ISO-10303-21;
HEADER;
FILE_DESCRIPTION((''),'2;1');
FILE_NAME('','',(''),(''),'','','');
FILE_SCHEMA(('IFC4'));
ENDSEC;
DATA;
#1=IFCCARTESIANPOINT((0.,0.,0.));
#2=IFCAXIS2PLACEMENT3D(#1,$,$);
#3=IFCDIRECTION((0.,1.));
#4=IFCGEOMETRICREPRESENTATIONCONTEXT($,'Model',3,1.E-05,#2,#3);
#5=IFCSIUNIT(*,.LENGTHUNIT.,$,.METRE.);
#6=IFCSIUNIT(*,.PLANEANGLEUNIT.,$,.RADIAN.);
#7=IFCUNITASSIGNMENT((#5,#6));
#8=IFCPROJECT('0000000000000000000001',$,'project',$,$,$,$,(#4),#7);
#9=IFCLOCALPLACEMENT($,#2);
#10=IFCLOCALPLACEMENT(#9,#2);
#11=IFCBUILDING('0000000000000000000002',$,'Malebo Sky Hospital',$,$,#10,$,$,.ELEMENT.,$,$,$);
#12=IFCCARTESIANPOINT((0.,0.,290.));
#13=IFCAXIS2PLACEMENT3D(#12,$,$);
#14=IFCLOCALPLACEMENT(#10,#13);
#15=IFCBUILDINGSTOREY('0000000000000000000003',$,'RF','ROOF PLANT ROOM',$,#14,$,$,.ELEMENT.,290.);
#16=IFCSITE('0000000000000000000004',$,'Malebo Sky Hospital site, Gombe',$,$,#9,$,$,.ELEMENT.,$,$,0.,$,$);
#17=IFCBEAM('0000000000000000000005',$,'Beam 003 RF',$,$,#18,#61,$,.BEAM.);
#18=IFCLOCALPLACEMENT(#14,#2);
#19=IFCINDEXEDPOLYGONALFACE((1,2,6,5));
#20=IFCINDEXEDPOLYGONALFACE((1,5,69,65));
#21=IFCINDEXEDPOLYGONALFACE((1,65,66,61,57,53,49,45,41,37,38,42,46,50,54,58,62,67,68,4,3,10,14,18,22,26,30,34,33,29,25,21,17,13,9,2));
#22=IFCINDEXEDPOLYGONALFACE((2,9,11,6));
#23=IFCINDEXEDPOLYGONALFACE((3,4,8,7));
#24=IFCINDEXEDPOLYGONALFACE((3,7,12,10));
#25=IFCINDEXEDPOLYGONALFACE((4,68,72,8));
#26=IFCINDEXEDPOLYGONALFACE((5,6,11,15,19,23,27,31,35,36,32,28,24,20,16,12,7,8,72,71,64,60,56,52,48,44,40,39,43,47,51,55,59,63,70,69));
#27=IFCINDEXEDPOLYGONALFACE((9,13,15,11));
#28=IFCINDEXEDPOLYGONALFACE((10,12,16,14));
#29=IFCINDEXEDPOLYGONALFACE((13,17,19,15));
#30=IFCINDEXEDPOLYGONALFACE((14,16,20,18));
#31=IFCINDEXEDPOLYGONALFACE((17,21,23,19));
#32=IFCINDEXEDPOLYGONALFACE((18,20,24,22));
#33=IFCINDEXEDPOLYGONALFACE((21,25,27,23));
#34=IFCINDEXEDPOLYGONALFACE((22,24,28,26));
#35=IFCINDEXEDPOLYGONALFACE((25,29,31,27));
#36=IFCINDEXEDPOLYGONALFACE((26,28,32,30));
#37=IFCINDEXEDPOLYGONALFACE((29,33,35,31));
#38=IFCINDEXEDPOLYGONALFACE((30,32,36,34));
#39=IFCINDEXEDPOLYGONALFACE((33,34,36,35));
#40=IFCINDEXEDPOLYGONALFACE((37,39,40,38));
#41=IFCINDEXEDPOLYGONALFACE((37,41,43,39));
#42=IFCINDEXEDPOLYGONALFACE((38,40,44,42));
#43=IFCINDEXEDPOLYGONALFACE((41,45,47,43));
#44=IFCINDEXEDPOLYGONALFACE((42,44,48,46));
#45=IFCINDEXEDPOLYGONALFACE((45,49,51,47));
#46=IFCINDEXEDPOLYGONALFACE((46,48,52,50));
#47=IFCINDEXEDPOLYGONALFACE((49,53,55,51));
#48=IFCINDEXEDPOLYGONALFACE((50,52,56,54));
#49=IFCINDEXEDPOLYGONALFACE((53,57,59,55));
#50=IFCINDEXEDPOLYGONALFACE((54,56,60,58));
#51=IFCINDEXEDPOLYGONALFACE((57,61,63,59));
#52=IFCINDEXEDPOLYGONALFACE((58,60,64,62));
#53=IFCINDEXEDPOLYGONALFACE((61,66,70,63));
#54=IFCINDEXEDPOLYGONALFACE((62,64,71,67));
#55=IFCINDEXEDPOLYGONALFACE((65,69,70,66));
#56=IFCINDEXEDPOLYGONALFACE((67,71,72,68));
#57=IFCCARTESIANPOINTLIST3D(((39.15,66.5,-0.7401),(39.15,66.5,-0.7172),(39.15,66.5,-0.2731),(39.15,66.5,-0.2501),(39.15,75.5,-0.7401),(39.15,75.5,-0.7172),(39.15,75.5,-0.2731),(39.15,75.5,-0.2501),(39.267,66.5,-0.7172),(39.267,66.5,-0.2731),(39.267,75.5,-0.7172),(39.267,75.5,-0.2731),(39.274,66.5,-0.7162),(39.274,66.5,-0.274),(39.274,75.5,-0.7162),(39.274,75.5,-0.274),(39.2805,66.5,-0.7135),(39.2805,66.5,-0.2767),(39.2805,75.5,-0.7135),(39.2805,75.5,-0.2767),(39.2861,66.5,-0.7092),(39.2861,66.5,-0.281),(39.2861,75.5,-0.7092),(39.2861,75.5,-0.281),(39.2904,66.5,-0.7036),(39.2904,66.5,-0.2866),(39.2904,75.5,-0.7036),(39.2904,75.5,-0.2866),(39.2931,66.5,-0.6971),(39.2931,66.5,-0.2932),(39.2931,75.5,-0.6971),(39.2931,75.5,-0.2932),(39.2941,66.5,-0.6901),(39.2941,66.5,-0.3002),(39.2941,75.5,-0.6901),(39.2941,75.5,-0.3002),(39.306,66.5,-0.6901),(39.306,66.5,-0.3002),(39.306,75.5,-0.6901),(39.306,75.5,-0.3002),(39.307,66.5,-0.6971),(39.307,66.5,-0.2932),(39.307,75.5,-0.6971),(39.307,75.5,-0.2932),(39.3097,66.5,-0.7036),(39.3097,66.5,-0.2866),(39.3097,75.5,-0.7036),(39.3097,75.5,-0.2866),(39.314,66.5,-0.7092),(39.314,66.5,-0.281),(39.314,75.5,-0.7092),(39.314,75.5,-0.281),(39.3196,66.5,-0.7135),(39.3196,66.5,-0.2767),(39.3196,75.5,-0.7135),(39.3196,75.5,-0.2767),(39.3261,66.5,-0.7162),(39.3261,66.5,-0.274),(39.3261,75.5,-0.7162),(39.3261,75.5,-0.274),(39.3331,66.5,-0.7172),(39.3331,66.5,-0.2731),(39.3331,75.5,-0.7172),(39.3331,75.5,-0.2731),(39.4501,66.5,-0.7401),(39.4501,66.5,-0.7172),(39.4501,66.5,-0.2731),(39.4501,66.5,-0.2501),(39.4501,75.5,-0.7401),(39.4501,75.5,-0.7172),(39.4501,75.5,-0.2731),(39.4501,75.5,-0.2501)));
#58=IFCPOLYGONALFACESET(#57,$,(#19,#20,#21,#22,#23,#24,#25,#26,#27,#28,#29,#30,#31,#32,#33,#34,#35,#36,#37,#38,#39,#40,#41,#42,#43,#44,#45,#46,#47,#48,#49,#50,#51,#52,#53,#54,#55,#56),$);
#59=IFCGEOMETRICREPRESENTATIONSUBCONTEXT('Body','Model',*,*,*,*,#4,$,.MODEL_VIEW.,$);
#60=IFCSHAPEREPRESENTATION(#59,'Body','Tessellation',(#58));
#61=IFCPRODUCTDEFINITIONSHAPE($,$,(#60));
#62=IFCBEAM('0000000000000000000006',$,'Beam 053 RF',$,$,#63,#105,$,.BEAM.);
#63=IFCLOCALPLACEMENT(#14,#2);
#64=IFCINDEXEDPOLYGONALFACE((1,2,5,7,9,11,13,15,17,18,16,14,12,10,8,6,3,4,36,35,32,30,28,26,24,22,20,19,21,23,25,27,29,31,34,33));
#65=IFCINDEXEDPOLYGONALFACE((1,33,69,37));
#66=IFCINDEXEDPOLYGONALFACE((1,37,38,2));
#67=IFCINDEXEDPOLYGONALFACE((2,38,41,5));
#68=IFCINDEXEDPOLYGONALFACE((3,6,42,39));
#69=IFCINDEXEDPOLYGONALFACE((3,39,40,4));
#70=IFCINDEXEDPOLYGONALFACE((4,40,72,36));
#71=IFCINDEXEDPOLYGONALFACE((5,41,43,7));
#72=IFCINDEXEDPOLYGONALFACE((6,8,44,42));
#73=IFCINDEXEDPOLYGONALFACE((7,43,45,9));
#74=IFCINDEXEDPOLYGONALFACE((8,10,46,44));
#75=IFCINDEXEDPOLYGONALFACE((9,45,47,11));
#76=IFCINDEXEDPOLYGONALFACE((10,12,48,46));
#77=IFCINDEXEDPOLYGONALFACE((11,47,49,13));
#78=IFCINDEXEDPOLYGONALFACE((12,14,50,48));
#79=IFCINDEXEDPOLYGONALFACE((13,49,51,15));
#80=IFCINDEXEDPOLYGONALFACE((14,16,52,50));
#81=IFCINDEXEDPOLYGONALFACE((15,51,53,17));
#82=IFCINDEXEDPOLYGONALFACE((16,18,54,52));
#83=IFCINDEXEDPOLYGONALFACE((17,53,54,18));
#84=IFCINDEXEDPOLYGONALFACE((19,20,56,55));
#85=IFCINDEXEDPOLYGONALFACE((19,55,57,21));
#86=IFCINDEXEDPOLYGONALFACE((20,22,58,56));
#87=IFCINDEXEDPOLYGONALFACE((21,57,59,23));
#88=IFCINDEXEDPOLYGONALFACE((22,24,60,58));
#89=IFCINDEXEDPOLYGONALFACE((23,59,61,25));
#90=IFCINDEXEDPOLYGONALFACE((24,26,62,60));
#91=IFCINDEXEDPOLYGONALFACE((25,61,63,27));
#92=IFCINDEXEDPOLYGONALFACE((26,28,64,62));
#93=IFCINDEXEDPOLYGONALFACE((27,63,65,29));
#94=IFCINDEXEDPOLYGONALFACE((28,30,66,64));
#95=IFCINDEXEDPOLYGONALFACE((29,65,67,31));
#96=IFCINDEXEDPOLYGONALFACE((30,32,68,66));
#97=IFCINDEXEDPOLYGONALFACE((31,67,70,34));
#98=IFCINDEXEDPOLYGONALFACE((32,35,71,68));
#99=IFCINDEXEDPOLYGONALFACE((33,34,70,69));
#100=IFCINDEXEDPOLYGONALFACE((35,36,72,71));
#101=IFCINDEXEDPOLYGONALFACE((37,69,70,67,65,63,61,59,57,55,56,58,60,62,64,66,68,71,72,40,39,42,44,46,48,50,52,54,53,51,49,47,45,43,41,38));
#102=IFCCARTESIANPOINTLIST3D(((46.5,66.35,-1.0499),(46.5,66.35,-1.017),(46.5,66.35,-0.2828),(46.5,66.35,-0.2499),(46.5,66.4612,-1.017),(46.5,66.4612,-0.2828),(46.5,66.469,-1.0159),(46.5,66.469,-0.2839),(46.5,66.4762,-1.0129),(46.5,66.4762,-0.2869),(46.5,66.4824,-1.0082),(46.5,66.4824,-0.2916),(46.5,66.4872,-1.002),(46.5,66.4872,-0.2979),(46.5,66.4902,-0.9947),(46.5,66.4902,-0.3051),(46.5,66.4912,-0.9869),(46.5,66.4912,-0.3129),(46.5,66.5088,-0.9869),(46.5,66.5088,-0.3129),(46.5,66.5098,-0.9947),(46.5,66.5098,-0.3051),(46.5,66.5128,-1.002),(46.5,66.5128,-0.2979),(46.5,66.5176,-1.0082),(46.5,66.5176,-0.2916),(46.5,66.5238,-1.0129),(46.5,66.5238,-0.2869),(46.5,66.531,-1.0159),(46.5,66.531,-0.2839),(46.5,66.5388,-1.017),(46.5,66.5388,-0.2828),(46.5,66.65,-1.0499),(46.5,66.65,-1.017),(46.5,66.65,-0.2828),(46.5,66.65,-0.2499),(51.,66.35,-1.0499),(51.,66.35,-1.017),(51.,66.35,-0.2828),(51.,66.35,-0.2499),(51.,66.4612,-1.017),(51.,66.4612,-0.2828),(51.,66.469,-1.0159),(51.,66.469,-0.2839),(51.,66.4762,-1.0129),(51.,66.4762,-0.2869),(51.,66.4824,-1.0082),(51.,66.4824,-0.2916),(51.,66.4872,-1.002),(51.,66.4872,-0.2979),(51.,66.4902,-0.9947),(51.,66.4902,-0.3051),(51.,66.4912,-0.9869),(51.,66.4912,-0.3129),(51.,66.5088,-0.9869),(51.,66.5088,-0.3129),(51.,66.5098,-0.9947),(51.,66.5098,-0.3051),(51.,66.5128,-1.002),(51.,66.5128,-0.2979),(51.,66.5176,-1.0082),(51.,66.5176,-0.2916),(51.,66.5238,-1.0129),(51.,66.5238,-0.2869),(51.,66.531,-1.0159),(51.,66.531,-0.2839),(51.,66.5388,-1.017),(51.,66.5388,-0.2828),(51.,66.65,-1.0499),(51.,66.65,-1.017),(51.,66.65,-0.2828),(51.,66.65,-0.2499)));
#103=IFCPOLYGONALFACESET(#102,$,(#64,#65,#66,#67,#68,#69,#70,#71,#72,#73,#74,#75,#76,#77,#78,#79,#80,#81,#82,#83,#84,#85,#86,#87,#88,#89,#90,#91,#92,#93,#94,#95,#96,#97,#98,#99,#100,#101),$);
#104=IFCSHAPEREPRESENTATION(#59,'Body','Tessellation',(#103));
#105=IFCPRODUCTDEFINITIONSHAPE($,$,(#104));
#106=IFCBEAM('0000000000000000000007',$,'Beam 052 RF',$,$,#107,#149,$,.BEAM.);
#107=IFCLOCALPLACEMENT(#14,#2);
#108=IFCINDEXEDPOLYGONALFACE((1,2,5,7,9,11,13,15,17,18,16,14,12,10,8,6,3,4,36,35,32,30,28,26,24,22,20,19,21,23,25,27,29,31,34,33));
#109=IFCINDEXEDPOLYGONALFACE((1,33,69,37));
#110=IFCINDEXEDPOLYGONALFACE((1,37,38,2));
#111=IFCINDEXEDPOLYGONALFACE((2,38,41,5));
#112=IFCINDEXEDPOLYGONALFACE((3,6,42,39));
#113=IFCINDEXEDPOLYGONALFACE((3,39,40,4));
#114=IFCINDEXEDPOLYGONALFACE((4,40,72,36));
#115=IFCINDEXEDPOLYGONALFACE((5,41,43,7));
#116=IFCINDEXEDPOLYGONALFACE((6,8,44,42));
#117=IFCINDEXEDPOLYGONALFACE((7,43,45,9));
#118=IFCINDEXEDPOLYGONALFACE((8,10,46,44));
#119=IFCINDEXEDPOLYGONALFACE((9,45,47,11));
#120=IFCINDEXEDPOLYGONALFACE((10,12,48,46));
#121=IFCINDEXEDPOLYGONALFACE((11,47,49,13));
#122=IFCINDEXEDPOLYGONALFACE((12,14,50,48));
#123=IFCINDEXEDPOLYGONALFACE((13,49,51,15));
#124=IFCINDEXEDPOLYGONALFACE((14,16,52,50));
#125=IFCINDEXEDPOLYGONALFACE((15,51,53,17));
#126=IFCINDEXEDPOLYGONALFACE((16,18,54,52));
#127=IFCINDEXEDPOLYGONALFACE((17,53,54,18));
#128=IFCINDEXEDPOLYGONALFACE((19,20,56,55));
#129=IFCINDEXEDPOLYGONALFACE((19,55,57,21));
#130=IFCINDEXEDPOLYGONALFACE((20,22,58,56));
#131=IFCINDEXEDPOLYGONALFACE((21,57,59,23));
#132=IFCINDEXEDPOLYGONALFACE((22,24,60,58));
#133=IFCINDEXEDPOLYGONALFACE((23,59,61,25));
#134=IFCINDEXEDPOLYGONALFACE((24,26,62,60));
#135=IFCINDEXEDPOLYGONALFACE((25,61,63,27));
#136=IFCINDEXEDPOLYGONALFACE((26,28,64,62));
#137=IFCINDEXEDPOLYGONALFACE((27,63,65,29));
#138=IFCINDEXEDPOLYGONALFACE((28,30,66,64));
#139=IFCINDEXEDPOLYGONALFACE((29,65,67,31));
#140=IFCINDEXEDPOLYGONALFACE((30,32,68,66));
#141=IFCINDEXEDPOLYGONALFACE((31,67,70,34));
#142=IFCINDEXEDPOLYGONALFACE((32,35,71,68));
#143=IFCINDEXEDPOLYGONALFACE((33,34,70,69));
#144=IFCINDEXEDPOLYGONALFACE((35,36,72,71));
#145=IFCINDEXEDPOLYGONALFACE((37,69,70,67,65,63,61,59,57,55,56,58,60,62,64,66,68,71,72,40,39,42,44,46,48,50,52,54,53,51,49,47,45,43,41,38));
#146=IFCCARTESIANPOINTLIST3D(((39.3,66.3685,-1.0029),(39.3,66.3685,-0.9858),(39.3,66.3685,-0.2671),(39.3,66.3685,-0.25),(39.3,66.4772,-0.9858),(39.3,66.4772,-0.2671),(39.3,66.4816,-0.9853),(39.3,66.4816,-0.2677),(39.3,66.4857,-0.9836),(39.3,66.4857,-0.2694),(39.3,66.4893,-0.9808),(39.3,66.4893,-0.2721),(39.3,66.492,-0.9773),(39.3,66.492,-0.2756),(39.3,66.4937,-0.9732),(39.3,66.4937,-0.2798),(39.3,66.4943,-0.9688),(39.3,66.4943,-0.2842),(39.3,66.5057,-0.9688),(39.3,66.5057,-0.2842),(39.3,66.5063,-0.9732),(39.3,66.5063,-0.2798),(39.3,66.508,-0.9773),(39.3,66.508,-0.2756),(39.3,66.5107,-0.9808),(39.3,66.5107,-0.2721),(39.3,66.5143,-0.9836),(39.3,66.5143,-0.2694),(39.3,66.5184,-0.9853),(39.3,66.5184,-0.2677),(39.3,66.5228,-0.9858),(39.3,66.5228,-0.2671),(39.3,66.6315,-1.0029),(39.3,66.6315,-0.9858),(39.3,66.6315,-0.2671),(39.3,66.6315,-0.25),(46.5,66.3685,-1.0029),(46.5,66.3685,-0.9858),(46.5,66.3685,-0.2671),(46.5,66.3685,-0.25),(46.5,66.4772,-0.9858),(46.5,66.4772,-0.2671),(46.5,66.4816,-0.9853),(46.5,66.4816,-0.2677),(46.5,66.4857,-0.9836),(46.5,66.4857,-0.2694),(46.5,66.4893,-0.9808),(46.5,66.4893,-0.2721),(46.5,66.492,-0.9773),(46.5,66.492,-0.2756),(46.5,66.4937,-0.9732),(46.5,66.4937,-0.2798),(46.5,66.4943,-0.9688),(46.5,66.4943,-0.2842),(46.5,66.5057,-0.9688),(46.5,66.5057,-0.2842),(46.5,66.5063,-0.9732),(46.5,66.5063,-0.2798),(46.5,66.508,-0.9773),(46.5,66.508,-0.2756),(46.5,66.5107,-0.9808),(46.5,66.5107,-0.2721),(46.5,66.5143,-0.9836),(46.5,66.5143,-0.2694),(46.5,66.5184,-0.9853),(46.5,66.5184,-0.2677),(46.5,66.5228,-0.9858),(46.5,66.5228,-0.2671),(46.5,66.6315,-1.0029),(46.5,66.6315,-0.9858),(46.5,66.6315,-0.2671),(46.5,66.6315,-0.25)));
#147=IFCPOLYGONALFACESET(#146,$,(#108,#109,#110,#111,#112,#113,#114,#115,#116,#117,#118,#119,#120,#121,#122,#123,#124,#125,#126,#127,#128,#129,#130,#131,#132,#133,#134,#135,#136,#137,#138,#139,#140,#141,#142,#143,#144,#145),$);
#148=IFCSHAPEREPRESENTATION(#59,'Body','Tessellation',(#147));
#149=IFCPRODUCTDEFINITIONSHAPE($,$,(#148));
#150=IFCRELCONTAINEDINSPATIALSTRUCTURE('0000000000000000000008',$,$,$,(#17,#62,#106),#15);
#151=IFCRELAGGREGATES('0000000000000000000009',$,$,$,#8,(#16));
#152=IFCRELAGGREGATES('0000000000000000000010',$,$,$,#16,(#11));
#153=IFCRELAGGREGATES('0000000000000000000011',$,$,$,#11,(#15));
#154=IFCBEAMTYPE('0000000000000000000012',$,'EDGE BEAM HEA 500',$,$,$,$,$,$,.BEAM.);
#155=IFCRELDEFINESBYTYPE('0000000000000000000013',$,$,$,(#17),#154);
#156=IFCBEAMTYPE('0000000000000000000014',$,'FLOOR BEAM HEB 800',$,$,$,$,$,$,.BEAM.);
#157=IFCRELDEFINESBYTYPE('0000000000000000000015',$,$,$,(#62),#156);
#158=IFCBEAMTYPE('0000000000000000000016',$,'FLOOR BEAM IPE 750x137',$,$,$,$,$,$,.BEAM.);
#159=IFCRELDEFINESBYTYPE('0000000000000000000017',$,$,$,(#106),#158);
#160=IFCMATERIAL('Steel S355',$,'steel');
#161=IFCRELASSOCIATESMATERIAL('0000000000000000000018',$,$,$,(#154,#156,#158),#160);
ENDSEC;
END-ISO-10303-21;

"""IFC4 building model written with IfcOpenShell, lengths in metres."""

from ifc_helpers import new_model, si_unit, direction, frame, origin, origin_2d, place, context, subcontext, project, spatial, i_section, extrude, material, material_profile, profile_set, type_object, element, save


model = new_model("IFC4")

# Units and contexts
model_context = context("Model", 3, precision=1e-05, world=origin(), true_north=direction((0.0, 1.0)))
body_context = subcontext(model_context, "Body", "Model", "MODEL_VIEW")
ifc_project = project(units=[si_unit("LENGTHUNIT", "METRE"), si_unit("PLANEANGLEUNIT", "RADIAN")], contexts=[model_context])

# Site, building, storey
site_placement = place(None, origin())
site = spatial("IfcSite", under=ifc_project, at=site_placement, Name="Malebo Sky Hospital site, Gombe", CompositionType="ELEMENT", RefElevation=0.0)
building_placement = place(site_placement, origin())
building = spatial("IfcBuilding", under=site, at=building_placement, Name="Malebo Sky Hospital", CompositionType="ELEMENT")
storey_placement = place(building_placement, frame((0.0, 0.0, 290.0)))
storey = spatial("IfcBuildingStorey", under=building, at=storey_placement, Name="RF", Description="ROOF PLANT ROOM", CompositionType="ELEMENT", Elevation=290.0)

# Shared definitions
ifc_material_1 = material(Name="Steel S355", Category="steel")

# Beams
ifc_material_profile_1 = material_profile(ifc_material_1, i_section(OverallWidth=0.3, OverallDepth=0.49, WebThickness=0.012, FlangeThickness=0.0229, FilletRadius=0.0271, at=origin_2d()), Name="HEA 500")
ifc_profile_set_1 = profile_set([ifc_material_profile_1], Name="Steel S355")
beam_type_1 = type_object("IfcBeamType", Name="EDGE BEAM HEA 500", PredefinedType="BEAM", material=ifc_profile_set_1)
beam_1_placement = place(storey_placement, frame((39.3, 66.5, -0.4951), z_axis=(0.0, 1.0, 0.0), x_axis=(-1.0, 0.0, 0.0)))
element("IfcBeam", 1, at=beam_1_placement, inside=storey, type_object=beam_type_1, Name="Beam 003 RF", PredefinedType="BEAM", context=body_context, shape_type="SweptSolid", body=[
    extrude(i_section(OverallWidth=0.3, OverallDepth=0.49, WebThickness=0.012, FlangeThickness=0.0229, FilletRadius=0.0271, at=origin_2d()), origin(), (0.0, 0.0, 1.0), 9.0),
])
ifc_material_profile_2 = material_profile(ifc_material_1, i_section(OverallWidth=0.3, OverallDepth=0.8, WebThickness=0.0176, FlangeThickness=0.033, FilletRadius=0.03, at=origin_2d()), Name="HEB 800")
ifc_profile_set_2 = profile_set([ifc_material_profile_2], Name="Steel S355")
beam_type_2 = type_object("IfcBeamType", Name="FLOOR BEAM HEB 800", PredefinedType="BEAM", material=ifc_profile_set_2)
beam_2_placement = place(storey_placement, frame((46.5, 66.5, -0.6499), z_axis=(1.0, 0.0, 0.0), x_axis=(0.0, 1.0, 0.0)))
element("IfcBeam", 2, at=beam_2_placement, inside=storey, type_object=beam_type_2, Name="Beam 053 RF", PredefinedType="BEAM", context=body_context, shape_type="SweptSolid", body=[
    extrude(i_section(OverallWidth=0.3, OverallDepth=0.8, WebThickness=0.0176, FlangeThickness=0.033, FilletRadius=0.03, at=origin_2d()), origin(), (0.0, 0.0, 1.0), 4.5),
])
ifc_material_profile_3 = material_profile(ifc_material_1, i_section(OverallWidth=0.2629, OverallDepth=0.7529, WebThickness=0.0115, FlangeThickness=0.0171, FilletRadius=0.0171, at=origin_2d()), Name="IPE 750x137")
ifc_profile_set_3 = profile_set([ifc_material_profile_3], Name="Steel S355")
beam_type_3 = type_object("IfcBeamType", Name="FLOOR BEAM IPE 750x137", PredefinedType="BEAM", material=ifc_profile_set_3)
beam_3_placement = place(storey_placement, frame((39.3, 66.5, -0.6265), z_axis=(1.0, 0.0, 0.0), x_axis=(0.0, 1.0, 0.0)))
element("IfcBeam", 3, at=beam_3_placement, inside=storey, type_object=beam_type_3, Name="Beam 052 RF", PredefinedType="BEAM", context=body_context, shape_type="SweptSolid", body=[
    extrude(i_section(OverallWidth=0.2629, OverallDepth=0.7529, WebThickness=0.0115, FlangeThickness=0.0171, FilletRadius=0.0171, at=origin_2d()), origin(), (0.0, 0.0, 1.0), 7.2),
])

save(model, "model.ifc")
